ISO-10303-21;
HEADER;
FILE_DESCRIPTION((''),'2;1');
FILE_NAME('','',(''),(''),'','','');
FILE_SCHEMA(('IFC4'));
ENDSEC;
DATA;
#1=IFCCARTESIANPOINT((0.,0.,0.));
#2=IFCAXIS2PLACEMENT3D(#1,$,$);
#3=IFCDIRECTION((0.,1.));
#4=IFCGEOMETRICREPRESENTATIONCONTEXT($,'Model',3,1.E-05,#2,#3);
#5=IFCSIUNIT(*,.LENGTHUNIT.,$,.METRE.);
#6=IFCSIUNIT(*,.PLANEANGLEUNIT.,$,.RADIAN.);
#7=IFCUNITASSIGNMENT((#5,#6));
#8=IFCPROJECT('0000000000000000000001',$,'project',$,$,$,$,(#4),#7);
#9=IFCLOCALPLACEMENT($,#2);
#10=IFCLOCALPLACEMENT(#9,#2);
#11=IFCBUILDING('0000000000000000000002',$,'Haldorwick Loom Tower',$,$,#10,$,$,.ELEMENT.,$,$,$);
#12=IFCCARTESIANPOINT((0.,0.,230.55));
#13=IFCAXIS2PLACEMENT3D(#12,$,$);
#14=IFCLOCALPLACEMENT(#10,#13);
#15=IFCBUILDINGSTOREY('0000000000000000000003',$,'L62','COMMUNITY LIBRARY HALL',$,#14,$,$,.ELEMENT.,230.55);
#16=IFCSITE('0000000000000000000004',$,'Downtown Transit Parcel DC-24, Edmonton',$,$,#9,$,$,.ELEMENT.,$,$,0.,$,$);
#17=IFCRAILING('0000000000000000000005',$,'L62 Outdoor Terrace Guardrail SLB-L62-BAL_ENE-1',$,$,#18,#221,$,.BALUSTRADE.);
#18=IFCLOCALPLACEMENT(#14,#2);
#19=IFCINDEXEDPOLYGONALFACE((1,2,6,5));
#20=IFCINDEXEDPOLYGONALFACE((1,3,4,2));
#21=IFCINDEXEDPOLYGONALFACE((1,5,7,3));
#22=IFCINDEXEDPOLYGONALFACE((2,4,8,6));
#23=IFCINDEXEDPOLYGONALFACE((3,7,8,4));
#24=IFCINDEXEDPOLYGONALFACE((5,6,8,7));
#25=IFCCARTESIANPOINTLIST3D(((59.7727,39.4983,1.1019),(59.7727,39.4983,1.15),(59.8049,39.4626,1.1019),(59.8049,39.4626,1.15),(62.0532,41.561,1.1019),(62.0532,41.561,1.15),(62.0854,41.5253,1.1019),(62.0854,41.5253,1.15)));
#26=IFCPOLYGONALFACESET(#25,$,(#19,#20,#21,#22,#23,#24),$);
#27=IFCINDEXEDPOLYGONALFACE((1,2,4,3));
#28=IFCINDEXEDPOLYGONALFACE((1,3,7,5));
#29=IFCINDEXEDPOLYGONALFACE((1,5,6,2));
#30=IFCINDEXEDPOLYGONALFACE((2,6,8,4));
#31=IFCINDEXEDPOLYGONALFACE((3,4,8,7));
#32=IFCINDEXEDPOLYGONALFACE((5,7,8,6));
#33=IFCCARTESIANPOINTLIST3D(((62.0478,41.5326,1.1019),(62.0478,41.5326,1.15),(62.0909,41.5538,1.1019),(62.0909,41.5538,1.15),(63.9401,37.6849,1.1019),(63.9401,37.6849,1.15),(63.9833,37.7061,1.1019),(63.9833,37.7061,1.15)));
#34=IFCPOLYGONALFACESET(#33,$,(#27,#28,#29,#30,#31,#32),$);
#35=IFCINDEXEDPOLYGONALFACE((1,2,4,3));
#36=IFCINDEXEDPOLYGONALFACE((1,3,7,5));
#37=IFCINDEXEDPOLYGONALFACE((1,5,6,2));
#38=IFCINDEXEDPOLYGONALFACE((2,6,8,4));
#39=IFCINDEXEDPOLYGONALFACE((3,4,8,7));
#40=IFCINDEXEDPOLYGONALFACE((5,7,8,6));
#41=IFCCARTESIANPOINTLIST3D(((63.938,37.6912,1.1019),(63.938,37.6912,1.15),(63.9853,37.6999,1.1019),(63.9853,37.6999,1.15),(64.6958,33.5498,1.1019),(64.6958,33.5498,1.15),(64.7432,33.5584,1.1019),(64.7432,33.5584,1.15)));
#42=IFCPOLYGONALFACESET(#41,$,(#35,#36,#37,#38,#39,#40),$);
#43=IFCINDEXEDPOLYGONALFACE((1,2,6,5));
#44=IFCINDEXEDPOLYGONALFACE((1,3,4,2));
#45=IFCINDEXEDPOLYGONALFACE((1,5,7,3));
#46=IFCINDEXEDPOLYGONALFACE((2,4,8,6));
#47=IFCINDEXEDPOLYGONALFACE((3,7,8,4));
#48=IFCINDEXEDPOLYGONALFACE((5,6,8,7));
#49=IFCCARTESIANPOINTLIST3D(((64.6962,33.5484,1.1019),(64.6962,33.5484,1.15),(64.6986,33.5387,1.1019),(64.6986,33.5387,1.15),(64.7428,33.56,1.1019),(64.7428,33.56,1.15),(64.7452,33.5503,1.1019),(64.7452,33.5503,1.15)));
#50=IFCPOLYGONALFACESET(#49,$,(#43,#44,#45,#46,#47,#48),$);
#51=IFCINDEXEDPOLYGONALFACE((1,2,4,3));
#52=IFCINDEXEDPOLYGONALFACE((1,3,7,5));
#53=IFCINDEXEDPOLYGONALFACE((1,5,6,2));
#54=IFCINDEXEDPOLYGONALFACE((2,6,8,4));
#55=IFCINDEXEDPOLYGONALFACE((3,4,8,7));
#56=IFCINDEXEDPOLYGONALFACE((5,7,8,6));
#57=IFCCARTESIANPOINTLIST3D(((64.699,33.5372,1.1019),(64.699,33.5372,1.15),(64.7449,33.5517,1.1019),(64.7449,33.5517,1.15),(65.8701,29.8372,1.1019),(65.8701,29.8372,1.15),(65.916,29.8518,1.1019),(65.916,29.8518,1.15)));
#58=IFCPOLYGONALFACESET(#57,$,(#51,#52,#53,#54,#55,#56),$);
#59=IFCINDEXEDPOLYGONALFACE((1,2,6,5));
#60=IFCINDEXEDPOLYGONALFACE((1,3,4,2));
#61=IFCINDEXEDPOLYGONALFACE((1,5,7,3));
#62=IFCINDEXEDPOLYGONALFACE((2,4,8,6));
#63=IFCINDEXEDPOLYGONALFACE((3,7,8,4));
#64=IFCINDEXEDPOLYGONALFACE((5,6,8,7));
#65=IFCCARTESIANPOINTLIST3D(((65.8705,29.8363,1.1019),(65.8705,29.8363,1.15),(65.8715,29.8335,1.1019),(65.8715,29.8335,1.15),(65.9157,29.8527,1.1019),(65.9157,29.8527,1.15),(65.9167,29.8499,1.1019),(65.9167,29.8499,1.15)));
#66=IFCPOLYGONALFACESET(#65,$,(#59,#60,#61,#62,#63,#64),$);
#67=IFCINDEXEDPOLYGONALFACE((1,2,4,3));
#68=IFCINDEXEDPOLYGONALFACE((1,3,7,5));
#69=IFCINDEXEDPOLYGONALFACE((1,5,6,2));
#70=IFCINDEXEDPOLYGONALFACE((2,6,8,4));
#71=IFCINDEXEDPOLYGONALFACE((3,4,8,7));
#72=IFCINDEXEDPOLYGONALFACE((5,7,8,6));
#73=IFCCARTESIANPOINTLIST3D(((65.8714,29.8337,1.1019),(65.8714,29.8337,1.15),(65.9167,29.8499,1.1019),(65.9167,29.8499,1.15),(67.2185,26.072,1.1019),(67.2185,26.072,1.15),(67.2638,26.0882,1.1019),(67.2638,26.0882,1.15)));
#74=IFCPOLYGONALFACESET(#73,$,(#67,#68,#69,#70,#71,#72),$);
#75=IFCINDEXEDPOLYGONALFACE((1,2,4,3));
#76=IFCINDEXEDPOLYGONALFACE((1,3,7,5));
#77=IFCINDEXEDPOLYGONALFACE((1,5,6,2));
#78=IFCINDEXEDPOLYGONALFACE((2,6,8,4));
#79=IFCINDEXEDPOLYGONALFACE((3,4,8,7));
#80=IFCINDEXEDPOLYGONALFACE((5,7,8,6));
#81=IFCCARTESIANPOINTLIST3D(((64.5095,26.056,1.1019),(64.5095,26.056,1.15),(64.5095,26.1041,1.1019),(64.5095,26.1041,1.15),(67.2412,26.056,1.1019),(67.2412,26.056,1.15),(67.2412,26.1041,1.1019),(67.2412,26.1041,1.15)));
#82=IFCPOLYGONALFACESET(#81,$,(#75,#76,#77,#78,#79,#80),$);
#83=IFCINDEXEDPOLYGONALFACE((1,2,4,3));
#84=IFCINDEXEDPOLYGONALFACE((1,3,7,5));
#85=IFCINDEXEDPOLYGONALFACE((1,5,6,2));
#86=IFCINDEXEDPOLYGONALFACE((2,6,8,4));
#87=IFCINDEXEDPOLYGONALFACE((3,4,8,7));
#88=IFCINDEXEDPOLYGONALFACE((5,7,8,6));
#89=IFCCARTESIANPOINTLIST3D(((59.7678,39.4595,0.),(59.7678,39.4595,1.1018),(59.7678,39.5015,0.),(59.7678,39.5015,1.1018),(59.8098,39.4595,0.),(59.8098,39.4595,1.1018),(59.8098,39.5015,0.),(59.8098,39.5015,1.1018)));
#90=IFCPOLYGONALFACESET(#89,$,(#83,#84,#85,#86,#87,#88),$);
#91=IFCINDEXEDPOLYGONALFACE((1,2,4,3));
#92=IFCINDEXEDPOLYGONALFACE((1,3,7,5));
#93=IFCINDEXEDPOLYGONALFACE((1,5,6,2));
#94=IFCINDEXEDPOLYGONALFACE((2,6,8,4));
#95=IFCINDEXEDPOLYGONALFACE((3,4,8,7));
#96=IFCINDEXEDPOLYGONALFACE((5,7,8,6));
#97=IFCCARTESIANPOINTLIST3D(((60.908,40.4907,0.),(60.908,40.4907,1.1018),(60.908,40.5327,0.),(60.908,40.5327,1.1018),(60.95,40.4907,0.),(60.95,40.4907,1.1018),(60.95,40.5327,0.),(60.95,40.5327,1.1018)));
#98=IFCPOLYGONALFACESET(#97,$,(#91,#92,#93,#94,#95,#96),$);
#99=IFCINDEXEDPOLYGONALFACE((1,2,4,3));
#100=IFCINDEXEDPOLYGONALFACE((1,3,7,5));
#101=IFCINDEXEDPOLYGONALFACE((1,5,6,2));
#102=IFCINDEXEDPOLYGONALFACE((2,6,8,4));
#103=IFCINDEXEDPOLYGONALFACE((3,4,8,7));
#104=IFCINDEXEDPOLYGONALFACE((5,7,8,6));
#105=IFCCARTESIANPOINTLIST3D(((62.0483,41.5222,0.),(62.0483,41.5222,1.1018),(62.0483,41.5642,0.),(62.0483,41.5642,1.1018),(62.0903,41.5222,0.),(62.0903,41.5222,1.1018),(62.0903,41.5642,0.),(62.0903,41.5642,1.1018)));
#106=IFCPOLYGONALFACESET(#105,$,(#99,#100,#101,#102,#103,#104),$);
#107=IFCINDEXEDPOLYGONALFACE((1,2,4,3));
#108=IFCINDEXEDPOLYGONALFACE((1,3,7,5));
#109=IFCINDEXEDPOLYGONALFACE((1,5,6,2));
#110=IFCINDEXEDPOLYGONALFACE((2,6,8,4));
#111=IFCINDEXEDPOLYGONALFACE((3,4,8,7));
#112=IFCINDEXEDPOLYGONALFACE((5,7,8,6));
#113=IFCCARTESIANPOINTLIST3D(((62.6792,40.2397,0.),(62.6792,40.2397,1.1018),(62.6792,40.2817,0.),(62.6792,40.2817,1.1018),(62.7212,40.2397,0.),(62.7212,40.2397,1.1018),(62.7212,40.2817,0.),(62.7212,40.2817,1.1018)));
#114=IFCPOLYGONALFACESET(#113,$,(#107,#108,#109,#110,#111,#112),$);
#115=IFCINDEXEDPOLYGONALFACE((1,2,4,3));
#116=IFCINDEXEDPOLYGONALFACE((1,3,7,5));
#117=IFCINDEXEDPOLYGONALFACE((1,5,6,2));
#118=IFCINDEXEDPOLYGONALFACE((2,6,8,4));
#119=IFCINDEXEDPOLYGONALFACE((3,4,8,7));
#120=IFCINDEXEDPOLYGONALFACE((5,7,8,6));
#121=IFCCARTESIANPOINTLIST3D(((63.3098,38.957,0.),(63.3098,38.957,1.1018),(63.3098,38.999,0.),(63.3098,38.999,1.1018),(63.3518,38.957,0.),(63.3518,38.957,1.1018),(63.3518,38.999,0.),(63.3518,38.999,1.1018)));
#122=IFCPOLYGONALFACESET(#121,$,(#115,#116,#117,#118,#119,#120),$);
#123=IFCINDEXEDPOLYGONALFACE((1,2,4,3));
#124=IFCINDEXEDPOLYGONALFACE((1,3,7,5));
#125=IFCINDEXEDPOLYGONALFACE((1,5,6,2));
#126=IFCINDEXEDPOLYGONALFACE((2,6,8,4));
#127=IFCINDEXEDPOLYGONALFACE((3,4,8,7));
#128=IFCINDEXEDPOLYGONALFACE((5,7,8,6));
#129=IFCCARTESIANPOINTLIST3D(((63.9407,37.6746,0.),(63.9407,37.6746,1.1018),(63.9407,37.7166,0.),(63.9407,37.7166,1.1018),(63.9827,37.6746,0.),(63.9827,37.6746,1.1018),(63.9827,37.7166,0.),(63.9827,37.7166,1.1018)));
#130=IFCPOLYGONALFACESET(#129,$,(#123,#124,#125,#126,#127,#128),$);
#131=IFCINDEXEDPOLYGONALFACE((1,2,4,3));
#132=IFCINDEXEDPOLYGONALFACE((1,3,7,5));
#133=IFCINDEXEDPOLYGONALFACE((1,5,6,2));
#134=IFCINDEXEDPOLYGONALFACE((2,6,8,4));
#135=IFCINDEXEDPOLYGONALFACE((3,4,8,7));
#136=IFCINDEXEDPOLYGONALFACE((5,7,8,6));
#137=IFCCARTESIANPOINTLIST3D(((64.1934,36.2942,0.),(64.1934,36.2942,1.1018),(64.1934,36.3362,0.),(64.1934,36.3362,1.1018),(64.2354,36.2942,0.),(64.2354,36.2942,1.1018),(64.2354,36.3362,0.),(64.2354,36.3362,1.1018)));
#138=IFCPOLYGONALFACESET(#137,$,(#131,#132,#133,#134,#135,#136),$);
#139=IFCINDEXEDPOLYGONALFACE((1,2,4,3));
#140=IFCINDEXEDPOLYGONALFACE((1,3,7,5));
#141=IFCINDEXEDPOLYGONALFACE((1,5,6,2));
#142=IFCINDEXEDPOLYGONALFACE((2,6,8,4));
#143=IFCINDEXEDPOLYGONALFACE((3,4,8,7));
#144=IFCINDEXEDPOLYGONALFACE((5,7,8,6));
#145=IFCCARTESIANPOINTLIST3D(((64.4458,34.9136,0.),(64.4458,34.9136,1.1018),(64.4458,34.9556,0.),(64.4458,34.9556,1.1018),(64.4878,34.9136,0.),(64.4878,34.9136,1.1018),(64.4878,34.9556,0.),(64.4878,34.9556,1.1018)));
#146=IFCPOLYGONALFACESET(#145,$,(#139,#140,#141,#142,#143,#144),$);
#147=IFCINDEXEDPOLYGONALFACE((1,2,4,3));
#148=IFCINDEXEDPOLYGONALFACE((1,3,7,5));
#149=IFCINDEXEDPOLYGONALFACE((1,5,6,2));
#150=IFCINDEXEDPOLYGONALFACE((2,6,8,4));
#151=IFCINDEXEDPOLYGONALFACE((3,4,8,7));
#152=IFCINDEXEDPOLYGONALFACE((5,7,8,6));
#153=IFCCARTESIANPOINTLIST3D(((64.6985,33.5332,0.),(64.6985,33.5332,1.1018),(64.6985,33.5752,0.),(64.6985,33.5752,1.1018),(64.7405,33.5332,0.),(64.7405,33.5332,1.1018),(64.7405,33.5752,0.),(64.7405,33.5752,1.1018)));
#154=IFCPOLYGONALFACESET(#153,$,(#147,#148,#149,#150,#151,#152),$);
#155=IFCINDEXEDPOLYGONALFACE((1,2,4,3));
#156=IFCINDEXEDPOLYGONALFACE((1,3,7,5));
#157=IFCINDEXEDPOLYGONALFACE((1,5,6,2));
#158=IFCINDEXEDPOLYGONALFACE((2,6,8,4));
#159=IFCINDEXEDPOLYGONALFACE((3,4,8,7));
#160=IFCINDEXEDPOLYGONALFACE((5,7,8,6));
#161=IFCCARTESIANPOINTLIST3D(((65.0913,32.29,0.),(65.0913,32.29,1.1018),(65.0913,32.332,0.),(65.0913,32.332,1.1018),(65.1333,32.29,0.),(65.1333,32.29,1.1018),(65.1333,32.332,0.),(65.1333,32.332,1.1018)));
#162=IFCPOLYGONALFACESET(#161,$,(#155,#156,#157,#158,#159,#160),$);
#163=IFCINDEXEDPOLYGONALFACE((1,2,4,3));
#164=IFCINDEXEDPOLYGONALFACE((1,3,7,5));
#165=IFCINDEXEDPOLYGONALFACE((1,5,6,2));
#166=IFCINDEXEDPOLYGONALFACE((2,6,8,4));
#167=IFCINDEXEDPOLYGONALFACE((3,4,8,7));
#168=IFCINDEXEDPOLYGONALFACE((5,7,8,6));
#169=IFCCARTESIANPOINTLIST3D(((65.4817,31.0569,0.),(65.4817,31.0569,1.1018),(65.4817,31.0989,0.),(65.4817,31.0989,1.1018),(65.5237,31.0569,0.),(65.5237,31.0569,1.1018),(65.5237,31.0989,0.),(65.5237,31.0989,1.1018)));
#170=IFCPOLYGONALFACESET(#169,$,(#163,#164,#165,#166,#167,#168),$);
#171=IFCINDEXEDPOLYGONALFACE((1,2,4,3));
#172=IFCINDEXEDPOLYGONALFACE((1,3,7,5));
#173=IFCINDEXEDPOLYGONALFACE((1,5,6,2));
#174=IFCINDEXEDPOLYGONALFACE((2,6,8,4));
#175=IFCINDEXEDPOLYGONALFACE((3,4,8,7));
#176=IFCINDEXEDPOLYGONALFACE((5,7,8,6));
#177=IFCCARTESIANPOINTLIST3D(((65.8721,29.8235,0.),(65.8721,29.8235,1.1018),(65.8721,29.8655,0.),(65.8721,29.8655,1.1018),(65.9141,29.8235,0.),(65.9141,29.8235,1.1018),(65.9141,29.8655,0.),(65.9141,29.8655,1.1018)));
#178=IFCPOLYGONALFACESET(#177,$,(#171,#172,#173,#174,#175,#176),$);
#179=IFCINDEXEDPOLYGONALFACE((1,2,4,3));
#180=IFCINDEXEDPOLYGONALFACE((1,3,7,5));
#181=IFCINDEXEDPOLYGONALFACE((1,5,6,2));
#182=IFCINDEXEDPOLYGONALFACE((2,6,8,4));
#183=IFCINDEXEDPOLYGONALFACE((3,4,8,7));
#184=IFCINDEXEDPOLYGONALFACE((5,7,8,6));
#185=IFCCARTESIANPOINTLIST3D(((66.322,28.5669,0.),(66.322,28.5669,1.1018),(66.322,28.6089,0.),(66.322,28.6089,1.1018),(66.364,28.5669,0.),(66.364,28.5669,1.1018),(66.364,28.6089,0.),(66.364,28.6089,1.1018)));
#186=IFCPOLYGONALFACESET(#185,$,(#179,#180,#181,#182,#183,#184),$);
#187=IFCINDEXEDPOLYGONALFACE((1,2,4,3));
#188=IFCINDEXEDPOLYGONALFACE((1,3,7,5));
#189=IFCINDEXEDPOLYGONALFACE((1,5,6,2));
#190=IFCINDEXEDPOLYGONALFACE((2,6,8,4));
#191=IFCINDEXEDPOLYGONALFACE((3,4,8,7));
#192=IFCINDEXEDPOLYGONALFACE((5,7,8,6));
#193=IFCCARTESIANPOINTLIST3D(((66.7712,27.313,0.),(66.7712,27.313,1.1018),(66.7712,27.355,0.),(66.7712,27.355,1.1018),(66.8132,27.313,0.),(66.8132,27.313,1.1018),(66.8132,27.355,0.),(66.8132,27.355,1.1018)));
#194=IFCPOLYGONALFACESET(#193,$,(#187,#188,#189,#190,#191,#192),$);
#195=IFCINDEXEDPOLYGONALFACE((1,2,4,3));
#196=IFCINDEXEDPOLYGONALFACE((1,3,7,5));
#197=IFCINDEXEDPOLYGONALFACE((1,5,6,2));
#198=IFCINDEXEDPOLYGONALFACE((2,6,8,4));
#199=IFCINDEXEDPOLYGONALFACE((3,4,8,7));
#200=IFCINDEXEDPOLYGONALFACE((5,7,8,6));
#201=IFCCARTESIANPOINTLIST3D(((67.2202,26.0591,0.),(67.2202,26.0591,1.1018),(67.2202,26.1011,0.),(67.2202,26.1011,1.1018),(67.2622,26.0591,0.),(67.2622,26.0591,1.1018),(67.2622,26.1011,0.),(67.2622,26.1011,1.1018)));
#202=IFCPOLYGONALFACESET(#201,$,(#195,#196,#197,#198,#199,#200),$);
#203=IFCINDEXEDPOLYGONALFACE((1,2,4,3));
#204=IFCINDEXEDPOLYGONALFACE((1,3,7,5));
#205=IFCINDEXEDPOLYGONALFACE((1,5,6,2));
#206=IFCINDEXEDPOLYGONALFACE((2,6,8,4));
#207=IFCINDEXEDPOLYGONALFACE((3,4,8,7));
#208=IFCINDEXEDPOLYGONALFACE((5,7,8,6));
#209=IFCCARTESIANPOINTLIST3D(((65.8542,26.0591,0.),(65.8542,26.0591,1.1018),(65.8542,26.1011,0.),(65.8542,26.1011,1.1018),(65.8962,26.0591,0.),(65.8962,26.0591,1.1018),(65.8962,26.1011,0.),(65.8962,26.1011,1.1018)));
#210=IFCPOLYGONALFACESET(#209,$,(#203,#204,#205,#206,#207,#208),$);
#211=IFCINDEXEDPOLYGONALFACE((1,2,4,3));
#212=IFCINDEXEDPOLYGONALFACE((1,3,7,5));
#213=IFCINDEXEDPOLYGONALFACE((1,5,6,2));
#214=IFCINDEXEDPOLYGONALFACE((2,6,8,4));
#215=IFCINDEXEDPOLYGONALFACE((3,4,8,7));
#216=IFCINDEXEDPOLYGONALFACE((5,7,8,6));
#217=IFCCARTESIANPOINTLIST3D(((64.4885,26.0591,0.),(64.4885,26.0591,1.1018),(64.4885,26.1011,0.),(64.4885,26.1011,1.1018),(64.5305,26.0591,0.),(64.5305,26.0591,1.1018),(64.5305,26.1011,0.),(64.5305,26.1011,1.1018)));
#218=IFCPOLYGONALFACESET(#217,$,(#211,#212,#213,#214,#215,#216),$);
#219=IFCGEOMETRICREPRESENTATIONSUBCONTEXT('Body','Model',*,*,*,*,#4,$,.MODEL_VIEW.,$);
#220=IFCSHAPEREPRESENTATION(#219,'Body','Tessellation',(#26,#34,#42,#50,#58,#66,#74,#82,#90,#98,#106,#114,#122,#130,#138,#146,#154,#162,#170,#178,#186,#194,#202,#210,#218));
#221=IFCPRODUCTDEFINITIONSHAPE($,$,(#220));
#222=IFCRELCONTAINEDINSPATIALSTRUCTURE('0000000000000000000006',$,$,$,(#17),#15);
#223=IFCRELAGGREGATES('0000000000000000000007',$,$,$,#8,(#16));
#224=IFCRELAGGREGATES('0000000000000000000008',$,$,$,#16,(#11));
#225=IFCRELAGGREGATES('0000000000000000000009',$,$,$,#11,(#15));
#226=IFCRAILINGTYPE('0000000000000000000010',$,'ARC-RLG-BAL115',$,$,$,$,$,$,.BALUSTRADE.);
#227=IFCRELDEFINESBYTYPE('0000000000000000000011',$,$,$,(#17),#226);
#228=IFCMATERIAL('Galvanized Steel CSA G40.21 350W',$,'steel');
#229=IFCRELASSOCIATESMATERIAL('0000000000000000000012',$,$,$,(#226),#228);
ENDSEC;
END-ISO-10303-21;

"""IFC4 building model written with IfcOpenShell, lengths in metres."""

from ifc_helpers import new_model, si_unit, direction, frame, origin, origin_2d, place, context, subcontext, project, spatial, rectangle, extrude, material, type_object, element, save


model = new_model("IFC4")

# Units and contexts
model_context = context("Model", 3, precision=1e-05, world=origin(), true_north=direction((0.0, 1.0)))
body_context = subcontext(model_context, "Body", "Model", "MODEL_VIEW")
ifc_project = project(units=[si_unit("LENGTHUNIT", "METRE"), si_unit("PLANEANGLEUNIT", "RADIAN")], contexts=[model_context])

# Site, building, storey
site_placement = place(None, origin())
site = spatial("IfcSite", under=ifc_project, at=site_placement, Name="Downtown Transit Parcel DC-24, Edmonton", CompositionType="ELEMENT", RefElevation=0.0)
building_placement = place(site_placement, origin())
building = spatial("IfcBuilding", under=site, at=building_placement, Name="Haldorwick Loom Tower", CompositionType="ELEMENT")
storey_placement = place(building_placement, frame((0.0, 0.0, 230.55)))
storey = spatial("IfcBuildingStorey", under=building, at=storey_placement, Name="L62", Description="COMMUNITY LIBRARY HALL", CompositionType="ELEMENT", Elevation=230.55)

# Railing
ifc_material_1 = material(Name="Galvanized Steel CSA G40.21 350W", Category="steel")
railing_type_1 = type_object("IfcRailingType", Name="ARC-RLG-BAL115", PredefinedType="BALUSTRADE", material=ifc_material_1)
railing_1_placement = place(storey_placement, frame((59.7888, 39.4805, 0.0)))
element("IfcRailing", 1, at=railing_1_placement, inside=storey, type_object=railing_type_1, Name="L62 Outdoor Terrace Guardrail SLB-L62-BAL_ENE-1", PredefinedType="BALUSTRADE", context=body_context, shape_type="SweptSolid", body=[
    extrude(rectangle(XDim=0.0481, YDim=0.0481, at=origin_2d()), frame((0.0, 0.0, 1.126), z_axis=(0.74163, 0.670809, 0.0), x_axis=(-0.670809, 0.74163, 0.0)), (0.0, 0.0, 1.0), 3.075),
    extrude(rectangle(XDim=0.0481, YDim=0.0481, at=origin_2d()), frame((2.2805, 2.0627, 1.126), z_axis=(0.441328, -0.897346, 0.0), x_axis=(0.897346, 0.441328, 0.0)), (0.0, 0.0, 1.0), 4.2878),
    extrude(rectangle(XDim=0.0481, YDim=0.0481, at=origin_2d()), frame((4.1729, -1.7849, 1.126), z_axis=(0.179998, -0.983667, 0.0), x_axis=(0.983667, 0.179998, 0.0)), (0.0, 0.0, 1.0), 4.2102),
    extrude(rectangle(XDim=0.0481, YDim=0.0481, at=origin_2d()), frame((4.9307, -5.9263, 1.126), z_axis=(0.242536, -0.970143, 0.0), x_axis=(0.970143, 0.242536, 0.0)), (0.0, 0.0, 1.0), 0.01),
    extrude(rectangle(XDim=0.0481, YDim=0.0481, at=origin_2d()), frame((4.9331, -5.936, 1.126), z_axis=(0.301773, -0.95338, 0.0), x_axis=(0.95338, 0.301773, 0.0)), (0.0, 0.0, 1.0), 3.8809),
    extrude(rectangle(XDim=0.0481, YDim=0.0481, at=origin_2d()), frame((6.1042, -9.636, 1.126), z_axis=(0.341743, -0.939793, 0.0), x_axis=(0.939793, 0.341743, 0.0)), (0.0, 0.0, 1.0), 0.0029),
    extrude(rectangle(XDim=0.0481, YDim=0.0481, at=origin_2d()), frame((6.1052, -9.6387, 1.126), z_axis=(0.337157, -0.941448, 0.0), x_axis=(0.941448, 0.337157, 0.0)), (0.0, 0.0, 1.0), 3.9956),
    extrude(rectangle(XDim=0.0481, YDim=0.0481, at=origin_2d()), frame((7.4524, -13.4004, 1.126), z_axis=(-1.0, 0.0, 0.0), x_axis=(0.0, -1.0, 0.0)), (0.0, 0.0, 1.0), 2.7317),
    extrude(rectangle(XDim=0.042, YDim=0.042, at=origin_2d()), origin(), (0.0, 0.0, 1.0), 1.1018),
    extrude(rectangle(XDim=0.042, YDim=0.042, at=origin_2d()), frame((1.1401, 1.0312, 0.0)), (0.0, 0.0, 1.0), 1.1018),
    extrude(rectangle(XDim=0.042, YDim=0.042, at=origin_2d()), frame((2.2805, 2.0627, 0.0)), (0.0, 0.0, 1.0), 1.1018),
    extrude(rectangle(XDim=0.042, YDim=0.042, at=origin_2d()), frame((2.9114, 0.7803, 0.0)), (0.0, 0.0, 1.0), 1.1018),
    extrude(rectangle(XDim=0.042, YDim=0.042, at=origin_2d()), frame((3.542, -0.5024, 0.0)), (0.0, 0.0, 1.0), 1.1018),
    extrude(rectangle(XDim=0.042, YDim=0.042, at=origin_2d()), frame((4.1729, -1.7849, 0.0)), (0.0, 0.0, 1.0), 1.1018),
    extrude(rectangle(XDim=0.042, YDim=0.042, at=origin_2d()), frame((4.4255, -3.1653, 0.0)), (0.0, 0.0, 1.0), 1.1018),
    extrude(rectangle(XDim=0.042, YDim=0.042, at=origin_2d()), frame((4.678, -4.5459, 0.0)), (0.0, 0.0, 1.0), 1.1018),
    extrude(rectangle(XDim=0.042, YDim=0.042, at=origin_2d()), frame((4.9307, -5.9263, 0.0)), (0.0, 0.0, 1.0), 1.1018),
    extrude(rectangle(XDim=0.042, YDim=0.042, at=origin_2d()), frame((5.3235, -7.1694, 0.0)), (0.0, 0.0, 1.0), 1.1018),
    extrude(rectangle(XDim=0.042, YDim=0.042, at=origin_2d()), frame((5.7139, -8.4026, 0.0)), (0.0, 0.0, 1.0), 1.1018),
    extrude(rectangle(XDim=0.042, YDim=0.042, at=origin_2d()), frame((6.1042, -9.636, 0.0)), (0.0, 0.0, 1.0), 1.1018),
    extrude(rectangle(XDim=0.042, YDim=0.042, at=origin_2d()), frame((6.5542, -10.8926, 0.0)), (0.0, 0.0, 1.0), 1.1018),
    extrude(rectangle(XDim=0.042, YDim=0.042, at=origin_2d()), frame((7.0034, -12.1465, 0.0)), (0.0, 0.0, 1.0), 1.1018),
    extrude(rectangle(XDim=0.042, YDim=0.042, at=origin_2d()), frame((7.4524, -13.4004, 0.0)), (0.0, 0.0, 1.0), 1.1018),
    extrude(rectangle(XDim=0.042, YDim=0.042, at=origin_2d()), frame((6.0864, -13.4004, 0.0)), (0.0, 0.0, 1.0), 1.1018),
    extrude(rectangle(XDim=0.042, YDim=0.042, at=origin_2d()), frame((4.7207, -13.4004, 0.0)), (0.0, 0.0, 1.0), 1.1018),
])

save(model, "model.ifc")
